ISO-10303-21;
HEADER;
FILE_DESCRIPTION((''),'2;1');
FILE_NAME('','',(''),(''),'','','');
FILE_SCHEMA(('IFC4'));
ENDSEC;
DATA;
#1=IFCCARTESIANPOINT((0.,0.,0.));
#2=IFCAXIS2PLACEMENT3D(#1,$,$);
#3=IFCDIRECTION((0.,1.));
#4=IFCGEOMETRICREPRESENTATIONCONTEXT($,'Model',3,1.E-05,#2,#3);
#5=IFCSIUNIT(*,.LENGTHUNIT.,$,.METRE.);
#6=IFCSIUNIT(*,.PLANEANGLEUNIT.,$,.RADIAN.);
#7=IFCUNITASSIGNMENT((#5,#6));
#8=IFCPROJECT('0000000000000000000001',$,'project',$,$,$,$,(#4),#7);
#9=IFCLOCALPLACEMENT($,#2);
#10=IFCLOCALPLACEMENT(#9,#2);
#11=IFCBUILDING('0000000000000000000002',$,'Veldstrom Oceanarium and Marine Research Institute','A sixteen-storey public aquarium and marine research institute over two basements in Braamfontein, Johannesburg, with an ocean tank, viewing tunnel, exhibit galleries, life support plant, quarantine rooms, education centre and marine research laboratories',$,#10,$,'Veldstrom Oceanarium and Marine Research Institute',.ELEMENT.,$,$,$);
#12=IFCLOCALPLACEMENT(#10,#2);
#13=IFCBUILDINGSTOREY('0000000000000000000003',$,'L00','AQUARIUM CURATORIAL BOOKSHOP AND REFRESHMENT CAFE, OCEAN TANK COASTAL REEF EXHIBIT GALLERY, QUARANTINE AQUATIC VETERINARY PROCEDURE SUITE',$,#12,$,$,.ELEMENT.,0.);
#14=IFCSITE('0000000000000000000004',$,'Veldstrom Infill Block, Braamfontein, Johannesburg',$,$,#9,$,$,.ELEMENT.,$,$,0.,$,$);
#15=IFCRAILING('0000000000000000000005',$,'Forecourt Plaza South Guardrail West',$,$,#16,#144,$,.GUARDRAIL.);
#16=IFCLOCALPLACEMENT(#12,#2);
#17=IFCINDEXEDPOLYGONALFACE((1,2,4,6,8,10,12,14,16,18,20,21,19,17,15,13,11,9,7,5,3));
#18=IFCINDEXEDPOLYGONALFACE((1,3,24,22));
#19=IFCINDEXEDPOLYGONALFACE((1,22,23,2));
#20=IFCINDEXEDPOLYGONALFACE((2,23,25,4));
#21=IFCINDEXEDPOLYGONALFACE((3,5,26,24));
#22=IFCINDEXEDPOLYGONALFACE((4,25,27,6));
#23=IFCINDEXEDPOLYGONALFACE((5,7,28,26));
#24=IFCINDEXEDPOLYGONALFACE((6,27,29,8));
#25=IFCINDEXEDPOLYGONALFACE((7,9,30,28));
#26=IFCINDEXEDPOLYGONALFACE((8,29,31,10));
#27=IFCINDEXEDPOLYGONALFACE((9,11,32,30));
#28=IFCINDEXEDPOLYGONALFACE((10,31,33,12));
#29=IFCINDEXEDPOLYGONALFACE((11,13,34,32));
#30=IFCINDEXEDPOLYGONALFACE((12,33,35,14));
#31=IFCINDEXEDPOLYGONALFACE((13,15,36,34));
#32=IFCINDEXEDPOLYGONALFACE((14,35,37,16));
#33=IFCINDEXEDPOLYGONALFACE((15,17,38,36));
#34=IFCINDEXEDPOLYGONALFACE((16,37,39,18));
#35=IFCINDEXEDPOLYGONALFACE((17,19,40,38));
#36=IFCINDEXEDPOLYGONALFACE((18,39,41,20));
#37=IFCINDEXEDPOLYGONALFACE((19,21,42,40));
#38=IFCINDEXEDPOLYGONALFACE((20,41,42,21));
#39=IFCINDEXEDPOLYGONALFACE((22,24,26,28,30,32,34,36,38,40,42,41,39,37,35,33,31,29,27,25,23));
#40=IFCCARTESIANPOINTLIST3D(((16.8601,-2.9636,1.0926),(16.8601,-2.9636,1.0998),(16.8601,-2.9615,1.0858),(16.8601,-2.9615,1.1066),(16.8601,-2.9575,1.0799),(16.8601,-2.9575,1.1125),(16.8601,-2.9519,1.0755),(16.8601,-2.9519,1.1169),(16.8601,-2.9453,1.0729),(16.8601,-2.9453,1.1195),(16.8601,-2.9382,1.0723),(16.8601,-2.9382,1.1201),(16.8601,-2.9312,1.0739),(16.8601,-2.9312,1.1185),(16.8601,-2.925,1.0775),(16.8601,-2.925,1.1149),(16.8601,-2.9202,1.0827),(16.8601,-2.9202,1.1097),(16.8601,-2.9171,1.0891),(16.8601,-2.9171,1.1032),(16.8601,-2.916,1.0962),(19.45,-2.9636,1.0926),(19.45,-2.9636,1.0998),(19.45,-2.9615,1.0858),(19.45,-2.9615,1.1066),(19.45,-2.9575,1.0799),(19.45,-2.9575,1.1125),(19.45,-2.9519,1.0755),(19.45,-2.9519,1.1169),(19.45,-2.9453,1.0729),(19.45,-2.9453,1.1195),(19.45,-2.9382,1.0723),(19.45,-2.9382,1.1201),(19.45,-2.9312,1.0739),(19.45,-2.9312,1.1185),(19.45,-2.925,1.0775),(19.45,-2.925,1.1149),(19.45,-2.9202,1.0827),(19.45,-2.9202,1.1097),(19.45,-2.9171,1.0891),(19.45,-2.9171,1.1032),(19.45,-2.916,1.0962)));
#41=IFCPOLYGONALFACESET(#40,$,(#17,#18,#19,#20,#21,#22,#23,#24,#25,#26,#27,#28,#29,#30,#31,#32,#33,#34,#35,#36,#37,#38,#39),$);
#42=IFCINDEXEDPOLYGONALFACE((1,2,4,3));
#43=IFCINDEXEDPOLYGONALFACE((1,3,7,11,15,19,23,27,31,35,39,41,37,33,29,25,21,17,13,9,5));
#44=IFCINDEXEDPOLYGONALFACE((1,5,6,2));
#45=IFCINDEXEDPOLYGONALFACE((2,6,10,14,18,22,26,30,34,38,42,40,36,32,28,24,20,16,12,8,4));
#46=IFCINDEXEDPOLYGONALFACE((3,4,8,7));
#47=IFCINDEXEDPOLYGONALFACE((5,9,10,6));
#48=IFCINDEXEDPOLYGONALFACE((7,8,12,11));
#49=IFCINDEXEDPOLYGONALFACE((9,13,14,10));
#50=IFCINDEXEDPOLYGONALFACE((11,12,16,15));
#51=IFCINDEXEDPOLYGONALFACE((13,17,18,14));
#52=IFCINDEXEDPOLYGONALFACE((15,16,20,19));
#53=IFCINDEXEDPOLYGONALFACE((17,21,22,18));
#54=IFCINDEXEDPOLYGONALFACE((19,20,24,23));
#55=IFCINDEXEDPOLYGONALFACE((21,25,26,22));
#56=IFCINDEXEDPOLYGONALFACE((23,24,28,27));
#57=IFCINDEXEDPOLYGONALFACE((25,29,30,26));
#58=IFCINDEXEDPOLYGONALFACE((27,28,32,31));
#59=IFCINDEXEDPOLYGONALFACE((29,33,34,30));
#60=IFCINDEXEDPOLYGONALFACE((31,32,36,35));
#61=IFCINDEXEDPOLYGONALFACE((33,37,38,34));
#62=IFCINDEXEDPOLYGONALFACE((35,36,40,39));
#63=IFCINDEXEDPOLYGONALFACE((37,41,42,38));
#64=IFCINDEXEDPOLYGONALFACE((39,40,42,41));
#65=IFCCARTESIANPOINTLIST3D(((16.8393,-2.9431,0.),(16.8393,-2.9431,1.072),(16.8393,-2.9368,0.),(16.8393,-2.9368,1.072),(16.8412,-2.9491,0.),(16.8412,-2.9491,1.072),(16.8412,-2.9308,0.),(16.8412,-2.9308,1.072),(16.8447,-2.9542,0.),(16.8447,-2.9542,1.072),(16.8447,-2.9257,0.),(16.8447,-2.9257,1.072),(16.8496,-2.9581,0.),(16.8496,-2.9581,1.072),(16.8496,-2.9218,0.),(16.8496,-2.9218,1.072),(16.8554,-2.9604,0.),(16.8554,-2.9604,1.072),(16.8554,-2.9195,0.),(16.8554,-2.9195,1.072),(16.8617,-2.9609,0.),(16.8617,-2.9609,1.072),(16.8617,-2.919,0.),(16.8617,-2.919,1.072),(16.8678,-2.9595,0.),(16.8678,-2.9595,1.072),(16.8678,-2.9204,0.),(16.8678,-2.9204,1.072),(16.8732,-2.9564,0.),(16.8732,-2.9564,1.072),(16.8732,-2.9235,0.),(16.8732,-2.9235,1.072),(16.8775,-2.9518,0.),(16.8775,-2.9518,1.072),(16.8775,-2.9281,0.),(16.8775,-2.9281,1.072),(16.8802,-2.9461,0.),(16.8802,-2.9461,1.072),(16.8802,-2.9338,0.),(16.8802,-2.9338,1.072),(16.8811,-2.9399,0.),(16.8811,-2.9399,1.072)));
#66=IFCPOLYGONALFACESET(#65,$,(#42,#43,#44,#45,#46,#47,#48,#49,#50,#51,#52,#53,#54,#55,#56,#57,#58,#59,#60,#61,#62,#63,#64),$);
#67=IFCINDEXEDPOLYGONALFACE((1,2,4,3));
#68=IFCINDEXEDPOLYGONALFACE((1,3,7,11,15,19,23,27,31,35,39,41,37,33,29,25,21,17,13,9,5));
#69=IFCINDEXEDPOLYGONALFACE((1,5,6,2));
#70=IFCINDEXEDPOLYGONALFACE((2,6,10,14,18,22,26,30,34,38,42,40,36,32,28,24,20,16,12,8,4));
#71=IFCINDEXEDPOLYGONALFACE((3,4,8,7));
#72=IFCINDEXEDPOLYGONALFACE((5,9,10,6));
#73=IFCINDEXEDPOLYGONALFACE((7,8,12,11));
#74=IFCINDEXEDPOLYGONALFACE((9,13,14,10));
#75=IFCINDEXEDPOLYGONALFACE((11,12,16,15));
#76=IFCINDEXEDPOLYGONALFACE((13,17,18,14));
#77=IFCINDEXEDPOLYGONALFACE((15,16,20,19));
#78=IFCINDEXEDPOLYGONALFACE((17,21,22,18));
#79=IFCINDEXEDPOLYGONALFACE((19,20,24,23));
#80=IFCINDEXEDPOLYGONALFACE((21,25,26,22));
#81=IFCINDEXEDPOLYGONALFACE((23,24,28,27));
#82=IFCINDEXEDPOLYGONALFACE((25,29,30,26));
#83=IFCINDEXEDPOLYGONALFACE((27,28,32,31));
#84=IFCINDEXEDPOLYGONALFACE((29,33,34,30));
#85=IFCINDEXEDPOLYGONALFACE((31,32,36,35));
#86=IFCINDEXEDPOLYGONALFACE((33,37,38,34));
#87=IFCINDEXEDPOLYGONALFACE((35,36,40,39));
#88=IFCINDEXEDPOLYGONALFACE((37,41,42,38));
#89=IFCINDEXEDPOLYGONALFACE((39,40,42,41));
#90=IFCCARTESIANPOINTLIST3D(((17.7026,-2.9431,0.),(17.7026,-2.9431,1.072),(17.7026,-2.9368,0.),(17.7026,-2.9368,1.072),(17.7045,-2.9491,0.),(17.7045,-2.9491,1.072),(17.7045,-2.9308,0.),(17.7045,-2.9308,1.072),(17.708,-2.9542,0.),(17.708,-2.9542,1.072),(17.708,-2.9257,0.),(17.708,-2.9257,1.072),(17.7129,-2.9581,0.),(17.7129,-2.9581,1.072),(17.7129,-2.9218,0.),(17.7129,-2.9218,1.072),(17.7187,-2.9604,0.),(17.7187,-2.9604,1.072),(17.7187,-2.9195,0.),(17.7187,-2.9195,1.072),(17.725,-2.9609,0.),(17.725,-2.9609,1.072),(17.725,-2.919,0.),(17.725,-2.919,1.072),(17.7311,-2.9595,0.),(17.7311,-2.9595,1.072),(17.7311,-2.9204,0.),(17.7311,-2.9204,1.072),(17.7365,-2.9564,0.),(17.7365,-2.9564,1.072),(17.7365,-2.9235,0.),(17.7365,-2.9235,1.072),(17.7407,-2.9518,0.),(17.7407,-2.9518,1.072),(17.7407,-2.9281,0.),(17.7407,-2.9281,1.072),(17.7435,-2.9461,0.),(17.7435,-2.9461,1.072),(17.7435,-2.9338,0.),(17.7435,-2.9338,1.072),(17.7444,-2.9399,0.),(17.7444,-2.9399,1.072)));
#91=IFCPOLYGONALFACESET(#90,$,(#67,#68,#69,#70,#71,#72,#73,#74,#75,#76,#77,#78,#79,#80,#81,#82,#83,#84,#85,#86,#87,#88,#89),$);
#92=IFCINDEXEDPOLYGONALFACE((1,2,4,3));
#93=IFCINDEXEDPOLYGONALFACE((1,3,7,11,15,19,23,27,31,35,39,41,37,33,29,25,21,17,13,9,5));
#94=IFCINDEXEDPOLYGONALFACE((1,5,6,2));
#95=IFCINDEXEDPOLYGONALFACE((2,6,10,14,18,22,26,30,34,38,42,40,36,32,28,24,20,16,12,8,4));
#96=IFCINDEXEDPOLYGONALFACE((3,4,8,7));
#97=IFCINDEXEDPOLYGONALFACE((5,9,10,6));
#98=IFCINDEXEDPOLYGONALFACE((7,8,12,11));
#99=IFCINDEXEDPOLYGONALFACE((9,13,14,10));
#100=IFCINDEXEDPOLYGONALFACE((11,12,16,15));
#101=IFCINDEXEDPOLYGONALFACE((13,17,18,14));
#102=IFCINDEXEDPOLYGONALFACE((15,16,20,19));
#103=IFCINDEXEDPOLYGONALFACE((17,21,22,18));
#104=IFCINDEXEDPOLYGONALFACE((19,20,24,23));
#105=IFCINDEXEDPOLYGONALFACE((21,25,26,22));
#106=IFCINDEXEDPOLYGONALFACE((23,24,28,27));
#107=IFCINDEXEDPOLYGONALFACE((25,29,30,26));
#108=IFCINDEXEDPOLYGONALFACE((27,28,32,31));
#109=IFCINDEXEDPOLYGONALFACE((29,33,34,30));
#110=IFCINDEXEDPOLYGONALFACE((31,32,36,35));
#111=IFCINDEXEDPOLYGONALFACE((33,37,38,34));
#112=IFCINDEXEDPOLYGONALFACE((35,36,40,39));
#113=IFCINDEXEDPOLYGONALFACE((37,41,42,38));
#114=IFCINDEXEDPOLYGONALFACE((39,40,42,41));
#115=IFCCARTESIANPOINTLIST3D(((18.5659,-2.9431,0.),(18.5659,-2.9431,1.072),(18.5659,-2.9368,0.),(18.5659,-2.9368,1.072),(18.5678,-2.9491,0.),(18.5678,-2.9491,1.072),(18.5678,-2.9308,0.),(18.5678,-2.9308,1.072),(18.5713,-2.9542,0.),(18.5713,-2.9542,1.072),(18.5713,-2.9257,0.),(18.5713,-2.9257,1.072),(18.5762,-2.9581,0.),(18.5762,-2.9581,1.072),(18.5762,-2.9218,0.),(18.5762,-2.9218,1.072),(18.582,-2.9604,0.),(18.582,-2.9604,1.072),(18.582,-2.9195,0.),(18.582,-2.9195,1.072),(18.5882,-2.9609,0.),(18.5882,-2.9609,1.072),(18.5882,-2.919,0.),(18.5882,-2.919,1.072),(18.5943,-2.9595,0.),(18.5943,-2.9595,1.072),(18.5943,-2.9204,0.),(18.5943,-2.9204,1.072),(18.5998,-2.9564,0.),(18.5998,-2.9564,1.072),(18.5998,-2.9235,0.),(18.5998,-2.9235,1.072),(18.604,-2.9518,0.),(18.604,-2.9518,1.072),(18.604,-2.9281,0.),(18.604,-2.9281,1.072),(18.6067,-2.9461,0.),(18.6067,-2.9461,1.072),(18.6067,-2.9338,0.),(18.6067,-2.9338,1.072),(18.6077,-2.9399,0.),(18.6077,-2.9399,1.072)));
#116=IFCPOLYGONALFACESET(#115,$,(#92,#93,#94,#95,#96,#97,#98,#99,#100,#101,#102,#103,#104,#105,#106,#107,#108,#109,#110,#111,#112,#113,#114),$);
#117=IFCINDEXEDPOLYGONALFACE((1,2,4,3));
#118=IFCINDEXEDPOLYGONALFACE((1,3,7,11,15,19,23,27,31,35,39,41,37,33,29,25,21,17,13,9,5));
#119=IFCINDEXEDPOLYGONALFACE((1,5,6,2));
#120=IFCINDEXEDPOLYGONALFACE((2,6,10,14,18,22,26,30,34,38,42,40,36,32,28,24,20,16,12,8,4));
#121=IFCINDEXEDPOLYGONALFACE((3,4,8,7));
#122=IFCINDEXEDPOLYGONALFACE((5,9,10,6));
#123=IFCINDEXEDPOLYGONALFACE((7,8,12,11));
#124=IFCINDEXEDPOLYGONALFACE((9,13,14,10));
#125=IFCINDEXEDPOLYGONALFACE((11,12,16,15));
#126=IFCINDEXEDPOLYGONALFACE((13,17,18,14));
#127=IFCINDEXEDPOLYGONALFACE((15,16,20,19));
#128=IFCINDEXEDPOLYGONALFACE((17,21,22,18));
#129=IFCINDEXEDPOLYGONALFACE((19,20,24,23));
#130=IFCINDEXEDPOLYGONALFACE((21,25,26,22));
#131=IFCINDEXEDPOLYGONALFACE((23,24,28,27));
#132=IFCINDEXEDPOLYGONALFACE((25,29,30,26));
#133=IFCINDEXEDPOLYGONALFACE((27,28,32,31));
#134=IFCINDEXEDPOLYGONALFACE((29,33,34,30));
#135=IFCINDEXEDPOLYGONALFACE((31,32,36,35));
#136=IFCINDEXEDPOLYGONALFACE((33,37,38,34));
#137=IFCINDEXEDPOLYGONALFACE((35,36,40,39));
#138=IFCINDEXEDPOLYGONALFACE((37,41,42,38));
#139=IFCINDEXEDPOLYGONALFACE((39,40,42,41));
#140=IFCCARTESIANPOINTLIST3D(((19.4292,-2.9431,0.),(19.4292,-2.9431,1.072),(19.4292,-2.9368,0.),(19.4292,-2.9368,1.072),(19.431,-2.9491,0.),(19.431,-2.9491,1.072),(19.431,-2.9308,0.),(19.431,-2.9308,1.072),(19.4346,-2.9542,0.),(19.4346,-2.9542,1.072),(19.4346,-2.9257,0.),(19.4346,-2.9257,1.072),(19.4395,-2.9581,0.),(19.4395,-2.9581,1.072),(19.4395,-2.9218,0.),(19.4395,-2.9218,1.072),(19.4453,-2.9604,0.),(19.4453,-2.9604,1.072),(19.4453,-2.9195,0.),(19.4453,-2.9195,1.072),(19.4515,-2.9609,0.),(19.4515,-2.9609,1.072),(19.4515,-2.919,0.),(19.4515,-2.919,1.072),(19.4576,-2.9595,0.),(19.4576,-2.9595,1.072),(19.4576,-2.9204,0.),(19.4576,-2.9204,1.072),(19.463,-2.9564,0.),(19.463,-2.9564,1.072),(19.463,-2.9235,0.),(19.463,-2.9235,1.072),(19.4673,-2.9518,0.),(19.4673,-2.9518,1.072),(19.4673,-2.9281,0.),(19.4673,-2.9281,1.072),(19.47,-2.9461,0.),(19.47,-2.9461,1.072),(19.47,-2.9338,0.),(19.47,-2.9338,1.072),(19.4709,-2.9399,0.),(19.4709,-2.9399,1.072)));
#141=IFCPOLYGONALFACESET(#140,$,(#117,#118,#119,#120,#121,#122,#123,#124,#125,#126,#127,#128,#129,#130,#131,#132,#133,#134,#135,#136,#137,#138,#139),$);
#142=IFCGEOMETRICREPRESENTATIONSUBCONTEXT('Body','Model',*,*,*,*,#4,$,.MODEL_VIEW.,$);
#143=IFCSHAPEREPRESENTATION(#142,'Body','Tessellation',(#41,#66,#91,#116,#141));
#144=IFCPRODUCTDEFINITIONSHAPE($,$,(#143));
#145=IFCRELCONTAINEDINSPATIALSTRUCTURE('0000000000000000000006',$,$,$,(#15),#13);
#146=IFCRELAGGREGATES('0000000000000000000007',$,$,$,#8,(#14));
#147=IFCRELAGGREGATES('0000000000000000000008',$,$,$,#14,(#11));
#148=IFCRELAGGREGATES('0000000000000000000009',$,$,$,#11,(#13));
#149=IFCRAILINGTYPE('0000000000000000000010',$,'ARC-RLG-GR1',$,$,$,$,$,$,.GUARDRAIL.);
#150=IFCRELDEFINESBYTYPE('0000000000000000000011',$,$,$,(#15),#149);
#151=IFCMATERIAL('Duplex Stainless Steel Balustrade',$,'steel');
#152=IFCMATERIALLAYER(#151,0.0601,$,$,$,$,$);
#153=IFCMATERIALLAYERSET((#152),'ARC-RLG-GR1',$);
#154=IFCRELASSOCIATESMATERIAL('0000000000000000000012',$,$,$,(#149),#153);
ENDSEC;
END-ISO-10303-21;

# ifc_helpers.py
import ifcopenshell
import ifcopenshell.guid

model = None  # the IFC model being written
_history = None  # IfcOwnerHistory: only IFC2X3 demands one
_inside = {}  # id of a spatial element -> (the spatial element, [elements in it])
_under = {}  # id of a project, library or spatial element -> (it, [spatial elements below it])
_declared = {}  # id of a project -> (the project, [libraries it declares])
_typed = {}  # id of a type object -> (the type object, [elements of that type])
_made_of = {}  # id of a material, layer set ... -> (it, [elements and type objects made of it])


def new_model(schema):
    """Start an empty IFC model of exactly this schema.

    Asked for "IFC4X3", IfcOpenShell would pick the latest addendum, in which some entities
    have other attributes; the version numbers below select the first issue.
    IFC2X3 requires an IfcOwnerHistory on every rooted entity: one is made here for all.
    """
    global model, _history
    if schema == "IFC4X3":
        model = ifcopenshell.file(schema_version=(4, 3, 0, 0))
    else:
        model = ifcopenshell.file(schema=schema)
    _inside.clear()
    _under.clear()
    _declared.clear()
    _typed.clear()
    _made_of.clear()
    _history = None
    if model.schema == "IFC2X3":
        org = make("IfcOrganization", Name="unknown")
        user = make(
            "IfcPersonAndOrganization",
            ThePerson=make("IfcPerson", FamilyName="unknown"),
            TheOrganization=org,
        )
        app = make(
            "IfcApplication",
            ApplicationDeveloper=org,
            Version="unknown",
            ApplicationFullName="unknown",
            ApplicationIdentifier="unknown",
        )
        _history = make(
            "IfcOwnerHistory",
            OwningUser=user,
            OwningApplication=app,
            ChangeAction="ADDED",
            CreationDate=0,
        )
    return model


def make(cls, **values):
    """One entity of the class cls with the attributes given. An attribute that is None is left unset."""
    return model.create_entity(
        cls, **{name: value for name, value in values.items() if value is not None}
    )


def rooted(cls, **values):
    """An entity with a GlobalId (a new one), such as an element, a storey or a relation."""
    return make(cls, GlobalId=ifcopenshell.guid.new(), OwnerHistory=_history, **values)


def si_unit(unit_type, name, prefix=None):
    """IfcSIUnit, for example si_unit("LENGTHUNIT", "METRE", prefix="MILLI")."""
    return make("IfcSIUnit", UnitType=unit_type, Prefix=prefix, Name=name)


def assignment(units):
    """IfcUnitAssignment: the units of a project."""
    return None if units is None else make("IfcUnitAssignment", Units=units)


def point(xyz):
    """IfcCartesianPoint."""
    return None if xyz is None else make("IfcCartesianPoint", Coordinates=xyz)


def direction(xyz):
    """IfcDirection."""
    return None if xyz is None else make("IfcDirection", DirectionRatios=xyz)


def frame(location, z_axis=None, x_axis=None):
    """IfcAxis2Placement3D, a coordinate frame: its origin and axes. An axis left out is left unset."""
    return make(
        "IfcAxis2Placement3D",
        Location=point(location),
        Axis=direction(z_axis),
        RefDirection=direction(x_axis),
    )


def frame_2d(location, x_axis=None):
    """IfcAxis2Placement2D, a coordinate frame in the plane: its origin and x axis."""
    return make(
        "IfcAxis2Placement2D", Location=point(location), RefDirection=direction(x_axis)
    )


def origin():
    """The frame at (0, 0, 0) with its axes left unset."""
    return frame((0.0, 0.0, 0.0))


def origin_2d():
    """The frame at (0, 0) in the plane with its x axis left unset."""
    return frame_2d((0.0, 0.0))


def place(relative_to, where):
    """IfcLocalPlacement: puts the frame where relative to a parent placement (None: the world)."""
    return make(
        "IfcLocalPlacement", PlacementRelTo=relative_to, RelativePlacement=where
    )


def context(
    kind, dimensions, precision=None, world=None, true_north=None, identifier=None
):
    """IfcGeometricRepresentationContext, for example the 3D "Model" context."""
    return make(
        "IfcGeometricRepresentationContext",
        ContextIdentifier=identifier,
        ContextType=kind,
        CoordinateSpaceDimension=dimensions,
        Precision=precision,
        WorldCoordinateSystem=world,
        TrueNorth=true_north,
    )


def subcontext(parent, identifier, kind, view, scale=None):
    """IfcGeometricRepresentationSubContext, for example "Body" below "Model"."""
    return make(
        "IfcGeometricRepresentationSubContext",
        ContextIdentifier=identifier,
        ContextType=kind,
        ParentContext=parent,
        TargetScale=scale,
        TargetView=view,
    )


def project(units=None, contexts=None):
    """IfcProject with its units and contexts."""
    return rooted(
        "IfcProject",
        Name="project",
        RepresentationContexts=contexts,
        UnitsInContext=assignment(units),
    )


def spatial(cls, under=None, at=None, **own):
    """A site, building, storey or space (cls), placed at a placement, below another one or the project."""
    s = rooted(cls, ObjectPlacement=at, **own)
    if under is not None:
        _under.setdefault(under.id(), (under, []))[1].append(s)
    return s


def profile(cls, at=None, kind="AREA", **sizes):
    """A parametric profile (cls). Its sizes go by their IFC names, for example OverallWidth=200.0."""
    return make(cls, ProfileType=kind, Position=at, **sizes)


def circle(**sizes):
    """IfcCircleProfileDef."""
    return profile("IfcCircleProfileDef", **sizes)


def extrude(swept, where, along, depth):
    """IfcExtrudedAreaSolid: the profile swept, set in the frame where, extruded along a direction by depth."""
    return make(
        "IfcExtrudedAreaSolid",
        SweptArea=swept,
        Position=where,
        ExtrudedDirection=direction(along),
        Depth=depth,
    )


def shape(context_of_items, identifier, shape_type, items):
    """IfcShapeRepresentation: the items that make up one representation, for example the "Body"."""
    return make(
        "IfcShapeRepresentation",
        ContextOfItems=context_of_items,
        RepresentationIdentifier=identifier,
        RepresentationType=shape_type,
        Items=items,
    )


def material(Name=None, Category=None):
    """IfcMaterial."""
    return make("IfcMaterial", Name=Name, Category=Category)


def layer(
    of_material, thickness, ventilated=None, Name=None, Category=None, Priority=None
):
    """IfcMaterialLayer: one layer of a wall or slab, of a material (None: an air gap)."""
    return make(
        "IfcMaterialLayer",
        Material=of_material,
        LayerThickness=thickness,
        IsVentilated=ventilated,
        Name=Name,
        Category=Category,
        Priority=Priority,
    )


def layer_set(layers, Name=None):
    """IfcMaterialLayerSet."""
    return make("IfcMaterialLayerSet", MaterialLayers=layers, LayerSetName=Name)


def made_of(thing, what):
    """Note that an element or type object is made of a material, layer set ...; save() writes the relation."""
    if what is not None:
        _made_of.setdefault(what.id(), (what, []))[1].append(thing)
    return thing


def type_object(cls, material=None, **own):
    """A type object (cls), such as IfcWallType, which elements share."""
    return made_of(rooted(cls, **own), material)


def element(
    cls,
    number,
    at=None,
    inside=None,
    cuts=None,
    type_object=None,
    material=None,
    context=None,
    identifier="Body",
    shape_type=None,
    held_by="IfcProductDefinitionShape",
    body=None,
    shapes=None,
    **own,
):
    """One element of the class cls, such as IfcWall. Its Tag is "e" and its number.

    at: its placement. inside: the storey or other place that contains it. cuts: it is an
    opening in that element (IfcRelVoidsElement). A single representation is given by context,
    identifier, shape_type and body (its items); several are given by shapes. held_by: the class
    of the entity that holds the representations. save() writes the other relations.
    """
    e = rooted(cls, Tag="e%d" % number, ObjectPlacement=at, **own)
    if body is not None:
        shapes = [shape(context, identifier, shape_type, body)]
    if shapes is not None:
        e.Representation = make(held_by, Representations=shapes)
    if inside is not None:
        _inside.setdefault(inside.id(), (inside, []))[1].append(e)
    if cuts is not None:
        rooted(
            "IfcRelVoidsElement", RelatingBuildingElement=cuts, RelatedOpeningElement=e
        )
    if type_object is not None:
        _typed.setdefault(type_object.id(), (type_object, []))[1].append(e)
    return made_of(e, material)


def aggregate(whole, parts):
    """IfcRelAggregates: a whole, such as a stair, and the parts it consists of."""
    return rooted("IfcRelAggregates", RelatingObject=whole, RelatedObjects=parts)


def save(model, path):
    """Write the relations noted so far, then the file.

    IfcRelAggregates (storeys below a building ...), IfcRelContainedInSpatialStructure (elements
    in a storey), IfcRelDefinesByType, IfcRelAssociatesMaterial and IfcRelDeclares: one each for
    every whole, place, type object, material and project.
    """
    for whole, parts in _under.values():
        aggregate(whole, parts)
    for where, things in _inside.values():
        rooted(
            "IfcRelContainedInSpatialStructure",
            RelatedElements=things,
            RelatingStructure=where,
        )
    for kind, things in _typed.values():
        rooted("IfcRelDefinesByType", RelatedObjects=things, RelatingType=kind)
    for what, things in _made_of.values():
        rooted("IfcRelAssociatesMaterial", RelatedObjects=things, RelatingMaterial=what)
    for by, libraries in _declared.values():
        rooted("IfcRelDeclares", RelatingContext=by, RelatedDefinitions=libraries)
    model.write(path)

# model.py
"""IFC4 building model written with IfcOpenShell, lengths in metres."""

from ifc_helpers import new_model, si_unit, direction, frame, origin, origin_2d, place, context, subcontext, project, spatial, circle, extrude, material, layer, layer_set, type_object, element, save


model = new_model("IFC4")

# Units and contexts
model_context = context("Model", 3, precision=1e-05, world=origin(), true_north=direction((0.0, 1.0)))
body_context = subcontext(model_context, "Body", "Model", "MODEL_VIEW")
ifc_project = project(units=[si_unit("LENGTHUNIT", "METRE"), si_unit("PLANEANGLEUNIT", "RADIAN")], contexts=[model_context])

# Site, building, storey
site_placement = place(None, origin())
site = spatial("IfcSite", under=ifc_project, at=site_placement, Name="Veldstrom Infill Block, Braamfontein, Johannesburg", CompositionType="ELEMENT", RefElevation=0.0)
building_placement = place(site_placement, origin())
building = spatial("IfcBuilding", under=site, at=building_placement, Name="Veldstrom Oceanarium and Marine Research Institute", Description="A sixteen-storey public aquarium and marine research institute over two basements in Braamfontein, Johannesburg, with an ocean tank, viewing tunnel, exhibit galleries, life support plant, quarantine rooms, education centre and marine research laboratories", LongName="Veldstrom Oceanarium and Marine Research Institute", CompositionType="ELEMENT")
storey_placement = place(building_placement, origin())
storey = spatial("IfcBuildingStorey", under=building, at=storey_placement, Name="L00", Description="AQUARIUM CURATORIAL BOOKSHOP AND REFRESHMENT CAFE, OCEAN TANK COASTAL REEF EXHIBIT GALLERY, QUARANTINE AQUATIC VETERINARY PROCEDURE SUITE", CompositionType="ELEMENT", Elevation=0.0)

# Railing
ifc_material_1 = material(Name="Duplex Stainless Steel Balustrade", Category="steel")
ifc_layer_1 = layer(ifc_material_1, 0.0601)
ifc_layer_set_1 = layer_set([ifc_layer_1], Name="ARC-RLG-GR1")
railing_type_1 = type_object("IfcRailingType", Name="ARC-RLG-GR1", PredefinedType="GUARDRAIL", material=ifc_layer_set_1)
railing_1_placement = place(storey_placement, frame((16.8601, -2.9399, 0.0)))
element("IfcRailing", 1, at=railing_1_placement, inside=storey, type_object=railing_type_1, Name="Forecourt Plaza South Guardrail West", PredefinedType="GUARDRAIL", context=body_context, shape_type="SweptSolid", body=[
    extrude(circle(Radius=0.0239, at=origin_2d()), frame((0.0, 0.0, 1.0962), z_axis=(1.0, 0.0, 0.0), x_axis=(0.0, 1.0, 0.0)), (0.0, 0.0, 1.0), 2.5898),
    extrude(circle(Radius=0.021, at=origin_2d()), origin(), (0.0, 0.0, 1.0), 1.072),
    extrude(circle(Radius=0.021, at=origin_2d()), frame((0.8633, 0.0, 0.0)), (0.0, 0.0, 1.0), 1.072),
    extrude(circle(Radius=0.021, at=origin_2d()), frame((1.7266, 0.0, 0.0)), (0.0, 0.0, 1.0), 1.072),
    extrude(circle(Radius=0.021, at=origin_2d()), frame((2.5898, 0.0, 0.0)), (0.0, 0.0, 1.0), 1.072),
])

save(model, "model.ifc")
